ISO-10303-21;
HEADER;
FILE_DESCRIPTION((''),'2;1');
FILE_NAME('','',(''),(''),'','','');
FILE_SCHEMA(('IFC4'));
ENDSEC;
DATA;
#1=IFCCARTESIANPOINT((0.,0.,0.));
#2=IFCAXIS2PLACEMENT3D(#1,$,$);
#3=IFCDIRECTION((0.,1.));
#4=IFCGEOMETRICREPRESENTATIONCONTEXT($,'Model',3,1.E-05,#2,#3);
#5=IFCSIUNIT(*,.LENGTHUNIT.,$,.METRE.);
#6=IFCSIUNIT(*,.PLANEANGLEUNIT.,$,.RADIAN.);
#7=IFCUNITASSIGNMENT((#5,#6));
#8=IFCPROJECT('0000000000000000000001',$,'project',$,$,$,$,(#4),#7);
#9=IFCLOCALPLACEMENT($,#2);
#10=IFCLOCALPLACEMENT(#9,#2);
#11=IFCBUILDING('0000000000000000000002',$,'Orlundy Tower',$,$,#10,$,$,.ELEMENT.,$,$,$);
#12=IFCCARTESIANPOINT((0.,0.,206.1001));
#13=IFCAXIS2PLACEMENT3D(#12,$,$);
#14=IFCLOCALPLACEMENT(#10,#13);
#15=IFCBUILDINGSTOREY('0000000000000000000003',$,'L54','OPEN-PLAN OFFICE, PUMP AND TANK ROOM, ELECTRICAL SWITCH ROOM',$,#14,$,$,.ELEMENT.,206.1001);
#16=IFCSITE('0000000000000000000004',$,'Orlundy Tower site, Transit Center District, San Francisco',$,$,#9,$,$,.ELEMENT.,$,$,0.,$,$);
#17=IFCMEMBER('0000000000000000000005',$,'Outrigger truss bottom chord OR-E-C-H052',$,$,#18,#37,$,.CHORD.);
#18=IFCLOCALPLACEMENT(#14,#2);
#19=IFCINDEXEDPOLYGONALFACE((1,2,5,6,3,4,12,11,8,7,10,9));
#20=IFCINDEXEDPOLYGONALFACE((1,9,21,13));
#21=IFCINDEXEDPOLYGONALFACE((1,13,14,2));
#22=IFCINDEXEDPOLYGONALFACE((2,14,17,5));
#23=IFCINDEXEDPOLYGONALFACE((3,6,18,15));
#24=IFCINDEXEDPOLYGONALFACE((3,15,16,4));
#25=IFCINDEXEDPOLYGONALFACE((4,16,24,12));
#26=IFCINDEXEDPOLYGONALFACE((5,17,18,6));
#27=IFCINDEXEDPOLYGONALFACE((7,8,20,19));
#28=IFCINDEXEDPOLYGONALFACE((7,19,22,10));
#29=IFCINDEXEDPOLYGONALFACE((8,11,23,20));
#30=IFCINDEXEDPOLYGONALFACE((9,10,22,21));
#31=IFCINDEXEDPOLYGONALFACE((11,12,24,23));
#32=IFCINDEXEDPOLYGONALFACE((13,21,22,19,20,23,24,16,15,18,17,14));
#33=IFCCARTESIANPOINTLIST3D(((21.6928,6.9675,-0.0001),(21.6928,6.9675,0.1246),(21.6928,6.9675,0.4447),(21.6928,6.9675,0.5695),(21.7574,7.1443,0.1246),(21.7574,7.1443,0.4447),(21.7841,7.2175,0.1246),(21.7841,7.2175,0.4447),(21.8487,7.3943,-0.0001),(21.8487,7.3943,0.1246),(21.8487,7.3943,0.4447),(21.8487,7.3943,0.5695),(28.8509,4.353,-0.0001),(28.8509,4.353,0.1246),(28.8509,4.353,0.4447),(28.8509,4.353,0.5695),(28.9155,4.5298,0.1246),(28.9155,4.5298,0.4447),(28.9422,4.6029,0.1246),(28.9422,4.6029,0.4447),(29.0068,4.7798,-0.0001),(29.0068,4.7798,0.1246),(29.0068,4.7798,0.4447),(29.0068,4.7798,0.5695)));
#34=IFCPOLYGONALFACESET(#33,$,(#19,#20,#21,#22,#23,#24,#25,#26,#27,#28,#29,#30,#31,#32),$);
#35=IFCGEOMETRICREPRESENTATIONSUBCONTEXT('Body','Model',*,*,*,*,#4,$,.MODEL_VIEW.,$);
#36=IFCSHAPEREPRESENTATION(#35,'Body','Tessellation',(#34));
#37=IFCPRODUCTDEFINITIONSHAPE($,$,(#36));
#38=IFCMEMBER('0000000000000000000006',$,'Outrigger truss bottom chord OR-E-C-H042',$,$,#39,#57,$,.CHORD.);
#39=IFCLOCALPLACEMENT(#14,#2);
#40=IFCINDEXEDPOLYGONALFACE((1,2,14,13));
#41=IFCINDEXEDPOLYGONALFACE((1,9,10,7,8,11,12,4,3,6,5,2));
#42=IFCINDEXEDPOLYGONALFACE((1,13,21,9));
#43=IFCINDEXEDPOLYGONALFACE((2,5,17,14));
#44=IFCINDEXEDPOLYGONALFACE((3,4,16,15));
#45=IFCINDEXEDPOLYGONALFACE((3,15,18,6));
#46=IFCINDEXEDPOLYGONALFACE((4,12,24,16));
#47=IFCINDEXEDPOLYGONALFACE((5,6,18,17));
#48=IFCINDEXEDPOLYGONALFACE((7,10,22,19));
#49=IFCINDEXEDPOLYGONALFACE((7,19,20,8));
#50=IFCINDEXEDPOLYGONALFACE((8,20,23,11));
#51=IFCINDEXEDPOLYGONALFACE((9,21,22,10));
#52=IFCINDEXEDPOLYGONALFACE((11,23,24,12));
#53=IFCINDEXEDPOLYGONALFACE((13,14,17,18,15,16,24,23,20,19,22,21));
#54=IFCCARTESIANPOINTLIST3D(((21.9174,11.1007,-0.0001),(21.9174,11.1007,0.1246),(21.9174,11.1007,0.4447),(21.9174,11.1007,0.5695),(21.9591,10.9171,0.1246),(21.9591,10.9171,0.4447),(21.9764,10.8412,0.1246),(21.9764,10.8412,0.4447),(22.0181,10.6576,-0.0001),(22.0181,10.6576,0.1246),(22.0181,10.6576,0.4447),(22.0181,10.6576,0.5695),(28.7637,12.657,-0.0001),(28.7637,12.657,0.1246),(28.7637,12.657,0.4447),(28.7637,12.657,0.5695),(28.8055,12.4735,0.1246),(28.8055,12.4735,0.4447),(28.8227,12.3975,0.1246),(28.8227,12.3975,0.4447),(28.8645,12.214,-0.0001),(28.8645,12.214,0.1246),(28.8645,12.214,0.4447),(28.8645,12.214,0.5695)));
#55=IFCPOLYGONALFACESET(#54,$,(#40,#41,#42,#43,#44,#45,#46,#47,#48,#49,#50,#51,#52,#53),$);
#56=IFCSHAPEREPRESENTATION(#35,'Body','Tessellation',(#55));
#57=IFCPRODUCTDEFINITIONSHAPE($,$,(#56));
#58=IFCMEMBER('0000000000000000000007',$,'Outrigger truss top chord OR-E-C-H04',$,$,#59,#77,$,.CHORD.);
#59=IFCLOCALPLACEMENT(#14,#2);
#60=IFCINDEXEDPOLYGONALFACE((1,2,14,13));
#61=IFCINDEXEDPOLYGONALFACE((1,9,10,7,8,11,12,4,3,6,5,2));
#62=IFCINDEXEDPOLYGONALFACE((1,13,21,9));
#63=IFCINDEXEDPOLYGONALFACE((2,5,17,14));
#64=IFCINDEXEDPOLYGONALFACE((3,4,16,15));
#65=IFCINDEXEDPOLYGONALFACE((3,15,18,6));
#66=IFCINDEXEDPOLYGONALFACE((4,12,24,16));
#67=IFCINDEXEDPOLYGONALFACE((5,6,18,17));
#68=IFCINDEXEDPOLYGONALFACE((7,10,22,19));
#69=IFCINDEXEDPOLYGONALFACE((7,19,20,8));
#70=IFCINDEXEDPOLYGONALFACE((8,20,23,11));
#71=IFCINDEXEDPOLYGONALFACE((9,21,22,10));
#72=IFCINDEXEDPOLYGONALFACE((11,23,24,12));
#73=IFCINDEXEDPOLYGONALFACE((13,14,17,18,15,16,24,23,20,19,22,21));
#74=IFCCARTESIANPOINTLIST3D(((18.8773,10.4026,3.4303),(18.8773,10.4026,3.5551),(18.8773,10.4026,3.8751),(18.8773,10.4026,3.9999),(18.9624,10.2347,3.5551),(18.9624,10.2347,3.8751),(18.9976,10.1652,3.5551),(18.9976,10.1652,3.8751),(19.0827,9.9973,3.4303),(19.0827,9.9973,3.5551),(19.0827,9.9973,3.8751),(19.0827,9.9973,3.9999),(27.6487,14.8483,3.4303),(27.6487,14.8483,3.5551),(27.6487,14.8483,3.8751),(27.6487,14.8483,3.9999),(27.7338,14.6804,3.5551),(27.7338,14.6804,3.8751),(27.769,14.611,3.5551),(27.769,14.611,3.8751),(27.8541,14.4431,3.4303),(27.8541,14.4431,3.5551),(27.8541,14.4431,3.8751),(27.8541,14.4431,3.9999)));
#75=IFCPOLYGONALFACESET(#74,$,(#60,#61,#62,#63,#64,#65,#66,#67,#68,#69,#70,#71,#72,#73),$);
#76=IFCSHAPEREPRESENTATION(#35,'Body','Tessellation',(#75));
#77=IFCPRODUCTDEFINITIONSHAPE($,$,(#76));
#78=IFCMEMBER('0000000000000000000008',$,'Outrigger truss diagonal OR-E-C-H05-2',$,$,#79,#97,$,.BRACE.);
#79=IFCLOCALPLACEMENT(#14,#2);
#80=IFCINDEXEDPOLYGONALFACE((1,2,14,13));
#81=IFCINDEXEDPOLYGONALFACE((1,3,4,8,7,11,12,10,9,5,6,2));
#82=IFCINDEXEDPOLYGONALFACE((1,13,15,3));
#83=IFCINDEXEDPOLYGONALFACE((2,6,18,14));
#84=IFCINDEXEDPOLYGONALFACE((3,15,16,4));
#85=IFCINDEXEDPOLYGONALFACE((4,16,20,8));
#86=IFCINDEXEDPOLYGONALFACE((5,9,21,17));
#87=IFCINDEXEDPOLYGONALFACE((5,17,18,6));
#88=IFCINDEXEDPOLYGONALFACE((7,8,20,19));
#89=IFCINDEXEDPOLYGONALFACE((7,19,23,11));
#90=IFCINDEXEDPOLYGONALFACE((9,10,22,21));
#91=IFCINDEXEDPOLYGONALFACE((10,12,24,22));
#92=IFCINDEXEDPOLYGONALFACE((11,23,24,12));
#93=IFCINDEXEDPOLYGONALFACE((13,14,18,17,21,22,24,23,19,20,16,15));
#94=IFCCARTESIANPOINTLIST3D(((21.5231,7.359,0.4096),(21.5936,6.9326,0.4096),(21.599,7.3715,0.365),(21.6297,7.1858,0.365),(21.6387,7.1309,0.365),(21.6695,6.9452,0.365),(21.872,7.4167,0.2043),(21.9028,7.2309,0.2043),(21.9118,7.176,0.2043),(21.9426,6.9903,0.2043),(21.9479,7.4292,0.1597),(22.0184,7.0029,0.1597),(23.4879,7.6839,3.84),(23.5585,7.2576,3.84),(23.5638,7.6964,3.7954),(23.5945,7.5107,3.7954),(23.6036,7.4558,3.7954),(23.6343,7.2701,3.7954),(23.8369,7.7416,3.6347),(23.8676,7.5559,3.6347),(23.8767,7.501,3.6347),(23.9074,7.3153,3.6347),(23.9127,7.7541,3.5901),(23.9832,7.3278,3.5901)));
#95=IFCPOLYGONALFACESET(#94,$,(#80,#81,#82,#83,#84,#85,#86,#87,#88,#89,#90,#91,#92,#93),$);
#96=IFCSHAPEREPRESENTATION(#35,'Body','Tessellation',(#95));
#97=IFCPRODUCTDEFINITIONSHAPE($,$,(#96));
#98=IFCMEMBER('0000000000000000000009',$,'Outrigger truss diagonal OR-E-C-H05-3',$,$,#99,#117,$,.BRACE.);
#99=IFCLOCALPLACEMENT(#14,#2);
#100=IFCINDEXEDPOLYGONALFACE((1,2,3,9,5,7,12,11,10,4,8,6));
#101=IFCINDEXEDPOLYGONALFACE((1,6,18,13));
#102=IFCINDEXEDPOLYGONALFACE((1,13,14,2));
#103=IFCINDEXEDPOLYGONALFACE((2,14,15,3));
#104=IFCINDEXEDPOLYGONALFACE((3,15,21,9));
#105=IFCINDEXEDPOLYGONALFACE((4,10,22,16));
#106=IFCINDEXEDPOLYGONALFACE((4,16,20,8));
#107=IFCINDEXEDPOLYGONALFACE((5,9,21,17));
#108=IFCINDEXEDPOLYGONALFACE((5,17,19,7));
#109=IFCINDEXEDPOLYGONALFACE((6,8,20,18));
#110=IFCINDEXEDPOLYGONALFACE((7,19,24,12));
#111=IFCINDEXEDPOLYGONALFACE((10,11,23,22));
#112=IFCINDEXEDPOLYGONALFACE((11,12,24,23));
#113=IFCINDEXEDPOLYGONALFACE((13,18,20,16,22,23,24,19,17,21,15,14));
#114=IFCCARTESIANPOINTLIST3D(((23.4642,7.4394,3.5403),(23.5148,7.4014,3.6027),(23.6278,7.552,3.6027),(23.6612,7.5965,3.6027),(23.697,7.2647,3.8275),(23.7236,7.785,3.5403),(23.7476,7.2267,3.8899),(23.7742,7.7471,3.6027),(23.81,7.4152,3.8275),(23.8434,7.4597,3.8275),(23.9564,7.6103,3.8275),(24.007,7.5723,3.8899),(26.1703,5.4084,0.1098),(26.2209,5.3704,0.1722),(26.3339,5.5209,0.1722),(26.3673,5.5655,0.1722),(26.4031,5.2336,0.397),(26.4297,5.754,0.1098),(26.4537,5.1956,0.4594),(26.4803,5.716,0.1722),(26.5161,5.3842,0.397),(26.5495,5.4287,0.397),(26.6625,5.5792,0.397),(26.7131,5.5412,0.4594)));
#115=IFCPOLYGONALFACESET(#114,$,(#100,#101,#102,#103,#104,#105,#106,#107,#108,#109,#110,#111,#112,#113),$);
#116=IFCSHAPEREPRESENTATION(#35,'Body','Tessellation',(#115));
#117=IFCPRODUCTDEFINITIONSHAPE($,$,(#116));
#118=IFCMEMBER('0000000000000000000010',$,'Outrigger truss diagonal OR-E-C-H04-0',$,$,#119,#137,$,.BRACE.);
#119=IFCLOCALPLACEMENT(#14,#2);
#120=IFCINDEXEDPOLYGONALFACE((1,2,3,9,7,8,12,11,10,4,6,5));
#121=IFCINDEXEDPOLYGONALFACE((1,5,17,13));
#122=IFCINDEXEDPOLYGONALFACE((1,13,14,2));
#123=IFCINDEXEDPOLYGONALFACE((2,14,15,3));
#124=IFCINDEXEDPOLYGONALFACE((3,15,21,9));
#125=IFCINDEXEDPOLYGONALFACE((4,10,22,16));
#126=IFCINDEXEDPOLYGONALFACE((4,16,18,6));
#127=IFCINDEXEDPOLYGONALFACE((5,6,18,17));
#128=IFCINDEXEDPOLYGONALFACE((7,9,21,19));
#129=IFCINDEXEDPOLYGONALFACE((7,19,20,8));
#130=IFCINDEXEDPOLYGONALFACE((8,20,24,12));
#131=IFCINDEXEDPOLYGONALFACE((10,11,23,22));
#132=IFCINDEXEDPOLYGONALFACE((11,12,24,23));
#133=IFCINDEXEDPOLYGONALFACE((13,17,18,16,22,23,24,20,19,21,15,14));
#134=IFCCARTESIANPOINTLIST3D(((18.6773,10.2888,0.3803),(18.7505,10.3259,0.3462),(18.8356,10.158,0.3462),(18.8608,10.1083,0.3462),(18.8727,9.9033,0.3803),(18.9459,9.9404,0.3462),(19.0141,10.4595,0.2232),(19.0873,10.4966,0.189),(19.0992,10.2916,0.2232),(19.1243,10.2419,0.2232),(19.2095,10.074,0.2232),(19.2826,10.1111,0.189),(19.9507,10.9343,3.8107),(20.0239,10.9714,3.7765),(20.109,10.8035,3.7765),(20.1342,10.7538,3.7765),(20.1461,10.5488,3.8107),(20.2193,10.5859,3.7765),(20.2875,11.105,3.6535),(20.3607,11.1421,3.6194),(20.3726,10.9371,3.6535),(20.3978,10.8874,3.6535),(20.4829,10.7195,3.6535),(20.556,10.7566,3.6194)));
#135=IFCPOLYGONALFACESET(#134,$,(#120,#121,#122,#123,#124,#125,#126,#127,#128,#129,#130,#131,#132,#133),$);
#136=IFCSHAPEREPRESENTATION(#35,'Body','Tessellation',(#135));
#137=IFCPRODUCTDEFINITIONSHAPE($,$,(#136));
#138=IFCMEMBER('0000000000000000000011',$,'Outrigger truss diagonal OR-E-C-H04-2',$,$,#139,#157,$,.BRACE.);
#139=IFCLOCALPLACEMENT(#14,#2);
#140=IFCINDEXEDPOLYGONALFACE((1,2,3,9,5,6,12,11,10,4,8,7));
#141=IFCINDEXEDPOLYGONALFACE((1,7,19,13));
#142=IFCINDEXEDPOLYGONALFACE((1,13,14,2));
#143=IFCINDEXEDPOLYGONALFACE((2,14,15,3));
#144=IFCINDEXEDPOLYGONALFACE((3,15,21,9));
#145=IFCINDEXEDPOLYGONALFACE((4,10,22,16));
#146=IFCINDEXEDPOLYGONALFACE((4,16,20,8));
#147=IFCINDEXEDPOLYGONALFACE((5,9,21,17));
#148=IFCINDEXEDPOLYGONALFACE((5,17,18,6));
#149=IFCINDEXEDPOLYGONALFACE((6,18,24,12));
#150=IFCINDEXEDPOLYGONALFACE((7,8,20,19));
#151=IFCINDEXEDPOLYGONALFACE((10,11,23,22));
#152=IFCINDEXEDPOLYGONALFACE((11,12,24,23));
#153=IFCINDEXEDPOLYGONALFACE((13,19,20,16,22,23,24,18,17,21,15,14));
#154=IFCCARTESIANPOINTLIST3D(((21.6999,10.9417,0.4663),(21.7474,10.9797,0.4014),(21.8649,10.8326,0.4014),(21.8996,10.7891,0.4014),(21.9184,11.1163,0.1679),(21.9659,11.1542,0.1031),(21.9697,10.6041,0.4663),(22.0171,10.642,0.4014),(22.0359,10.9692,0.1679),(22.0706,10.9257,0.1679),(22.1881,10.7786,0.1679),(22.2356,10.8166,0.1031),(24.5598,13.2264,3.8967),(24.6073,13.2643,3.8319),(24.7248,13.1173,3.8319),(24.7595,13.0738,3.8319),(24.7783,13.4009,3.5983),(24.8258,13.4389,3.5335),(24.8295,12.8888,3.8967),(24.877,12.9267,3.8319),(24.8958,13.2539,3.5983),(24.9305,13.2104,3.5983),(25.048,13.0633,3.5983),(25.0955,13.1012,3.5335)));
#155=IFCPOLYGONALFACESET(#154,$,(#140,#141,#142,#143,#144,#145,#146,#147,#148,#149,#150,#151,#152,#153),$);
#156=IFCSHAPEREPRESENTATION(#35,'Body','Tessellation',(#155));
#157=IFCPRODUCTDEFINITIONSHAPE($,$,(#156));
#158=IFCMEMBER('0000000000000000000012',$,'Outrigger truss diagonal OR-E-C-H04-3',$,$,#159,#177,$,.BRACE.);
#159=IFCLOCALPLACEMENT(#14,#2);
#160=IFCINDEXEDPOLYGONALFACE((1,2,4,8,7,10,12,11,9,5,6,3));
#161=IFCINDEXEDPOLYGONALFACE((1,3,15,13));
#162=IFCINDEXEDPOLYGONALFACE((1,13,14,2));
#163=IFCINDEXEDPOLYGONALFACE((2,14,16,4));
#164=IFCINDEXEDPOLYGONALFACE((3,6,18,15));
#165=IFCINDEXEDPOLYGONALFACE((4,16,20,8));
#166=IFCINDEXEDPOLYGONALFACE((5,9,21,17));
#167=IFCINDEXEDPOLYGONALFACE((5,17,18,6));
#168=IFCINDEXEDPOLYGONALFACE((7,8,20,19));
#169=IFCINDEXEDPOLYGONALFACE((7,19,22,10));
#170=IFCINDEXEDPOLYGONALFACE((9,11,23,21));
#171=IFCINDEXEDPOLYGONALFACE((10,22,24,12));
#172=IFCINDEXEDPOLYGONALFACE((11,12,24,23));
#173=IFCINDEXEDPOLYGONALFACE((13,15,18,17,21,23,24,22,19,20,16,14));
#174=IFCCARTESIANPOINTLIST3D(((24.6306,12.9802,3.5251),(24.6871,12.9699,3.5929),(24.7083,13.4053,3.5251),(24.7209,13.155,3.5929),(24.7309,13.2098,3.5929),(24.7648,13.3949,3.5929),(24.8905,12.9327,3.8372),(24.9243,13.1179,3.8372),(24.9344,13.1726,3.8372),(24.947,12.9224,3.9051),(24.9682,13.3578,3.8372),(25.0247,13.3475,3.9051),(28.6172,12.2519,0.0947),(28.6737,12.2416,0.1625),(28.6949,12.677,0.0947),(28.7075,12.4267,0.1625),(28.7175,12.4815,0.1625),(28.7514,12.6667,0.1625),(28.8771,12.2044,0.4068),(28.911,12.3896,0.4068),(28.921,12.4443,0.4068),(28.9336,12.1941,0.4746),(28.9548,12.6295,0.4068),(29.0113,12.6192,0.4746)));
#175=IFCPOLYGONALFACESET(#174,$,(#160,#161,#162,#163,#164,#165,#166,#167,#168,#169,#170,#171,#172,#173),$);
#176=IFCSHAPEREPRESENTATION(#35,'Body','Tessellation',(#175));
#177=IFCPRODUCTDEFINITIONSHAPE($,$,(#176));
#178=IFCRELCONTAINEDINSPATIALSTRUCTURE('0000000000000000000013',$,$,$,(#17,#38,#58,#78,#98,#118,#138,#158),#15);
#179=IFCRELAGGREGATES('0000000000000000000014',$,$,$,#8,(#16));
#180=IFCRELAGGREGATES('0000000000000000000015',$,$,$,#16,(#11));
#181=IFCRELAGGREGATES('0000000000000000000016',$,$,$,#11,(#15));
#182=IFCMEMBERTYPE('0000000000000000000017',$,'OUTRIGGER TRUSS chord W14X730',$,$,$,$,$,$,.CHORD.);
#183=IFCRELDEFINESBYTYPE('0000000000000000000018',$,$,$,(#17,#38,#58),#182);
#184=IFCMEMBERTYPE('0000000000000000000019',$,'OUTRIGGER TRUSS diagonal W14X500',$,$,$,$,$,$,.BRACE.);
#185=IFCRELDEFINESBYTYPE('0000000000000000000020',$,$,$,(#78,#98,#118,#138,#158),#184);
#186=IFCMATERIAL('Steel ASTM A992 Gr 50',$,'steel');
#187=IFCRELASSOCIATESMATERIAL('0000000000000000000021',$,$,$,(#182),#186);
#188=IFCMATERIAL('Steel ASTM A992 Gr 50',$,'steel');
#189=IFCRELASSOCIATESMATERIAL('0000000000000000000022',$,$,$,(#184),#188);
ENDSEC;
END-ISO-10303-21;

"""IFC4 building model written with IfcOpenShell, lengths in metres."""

from ifc_helpers import new_model, si_unit, direction, frame, origin, origin_2d, place, context, subcontext, project, spatial, i_section, extrude, material, material_profile, profile_set, type_object, element, save


model = new_model("IFC4")

# Units and contexts
model_context = context("Model", 3, precision=1e-05, world=origin(), true_north=direction((0.0, 1.0)))
body_context = subcontext(model_context, "Body", "Model", "MODEL_VIEW")
ifc_project = project(units=[si_unit("LENGTHUNIT", "METRE"), si_unit("PLANEANGLEUNIT", "RADIAN")], contexts=[model_context])

# Site, building, storey
site_placement = place(None, origin())
site = spatial("IfcSite", under=ifc_project, at=site_placement, Name="Orlundy Tower site, Transit Center District, San Francisco", CompositionType="ELEMENT", RefElevation=0.0)
building_placement = place(site_placement, origin())
building = spatial("IfcBuilding", under=site, at=building_placement, Name="Orlundy Tower", CompositionType="ELEMENT")
storey_placement = place(building_placement, frame((0.0, 0.0, 206.1001)))
storey = spatial("IfcBuildingStorey", under=building, at=storey_placement, Name="L54", Description="OPEN-PLAN OFFICE, PUMP AND TANK ROOM, ELECTRICAL SWITCH ROOM", CompositionType="ELEMENT", Elevation=206.1001)

# Members
ifc_material_1 = material(Name="Steel ASTM A992 Gr 50", Category="steel")
ifc_material_profile_1 = material_profile(ifc_material_1, i_section(OverallWidth=0.4543, OverallDepth=0.5696, WebThickness=0.0779, FlangeThickness=0.1248, at=origin_2d()), Name="W14X730")
ifc_profile_set_1 = profile_set([ifc_material_profile_1], Name="Steel ASTM A992 Gr 50")
member_type_1 = type_object("IfcMemberType", Name="OUTRIGGER TRUSS chord W14X730", PredefinedType="CHORD", material=ifc_profile_set_1)
member_1_placement = place(storey_placement, frame((21.7708, 7.1809, 0.2847), z_axis=(0.939303, -0.343088, 0.0), x_axis=(0.343088, 0.939303, 0.0)))
element("IfcMember", 1, at=member_1_placement, inside=storey, type_object=member_type_1, Name="Outrigger truss bottom chord OR-E-C-H052", PredefinedType="CHORD", context=body_context, shape_type="SweptSolid", body=[
    extrude(i_section(OverallWidth=0.4543, OverallDepth=0.5696, WebThickness=0.0779, FlangeThickness=0.1248, at=origin_2d()), origin(), (0.0, 0.0, 1.0), 7.6206),
])
member_2_placement = place(storey_placement, frame((21.9678, 10.8792, 0.2847), z_axis=(0.975121, 0.221674, 0.0), x_axis=(-0.221674, 0.975121, 0.0)))
element("IfcMember", 2, at=member_2_placement, inside=storey, type_object=member_type_1, Name="Outrigger truss bottom chord OR-E-C-H042", PredefinedType="CHORD", context=body_context, shape_type="SweptSolid", body=[
    extrude(i_section(OverallWidth=0.4543, OverallDepth=0.5696, WebThickness=0.0779, FlangeThickness=0.1248, at=origin_2d()), origin(), (0.0, 0.0, 1.0), 7.021),
])
member_3_placement = place(storey_placement, frame((18.98, 10.2, 3.7151), z_axis=(0.891971, 0.452093, 0.0), x_axis=(-0.452093, 0.891971, 0.0)))
element("IfcMember", 3, at=member_3_placement, inside=storey, type_object=member_type_1, Name="Outrigger truss top chord OR-E-C-H04", PredefinedType="CHORD", context=body_context, shape_type="SweptSolid", body=[
    extrude(i_section(OverallWidth=0.4543, OverallDepth=0.5696, WebThickness=0.0779, FlangeThickness=0.1248, at=origin_2d()), origin(), (0.0, 0.0, 1.0), 9.8337),
])
ifc_material_2 = material(Name="Steel ASTM A992 Gr 50", Category="steel")
ifc_material_profile_2 = material_profile(ifc_material_2, i_section(OverallWidth=0.4321, OverallDepth=0.4978, WebThickness=0.0557, FlangeThickness=0.0889, at=origin_2d()), Name="W14X500")
ifc_profile_set_2 = profile_set([ifc_material_profile_2], Name="Steel ASTM A992 Gr 50")
member_type_2 = type_object("IfcMemberType", Name="OUTRIGGER TRUSS diagonal W14X500", PredefinedType="BRACE", material=ifc_profile_set_2)
member_4_placement = place(storey_placement, frame((21.7708, 7.1809, 0.2847), z_axis=(0.495346, 0.081922, 0.864824), x_axis=(-0.163166, 0.986599, 0.0)))
element("IfcMember", 4, at=member_4_placement, inside=storey, type_object=member_type_2, Name="Outrigger truss diagonal OR-E-C-H05-2", PredefinedType="BRACE", context=body_context, shape_type="SweptSolid", body=[
    extrude(i_section(OverallWidth=0.4321, OverallDepth=0.4978, WebThickness=0.0557, FlangeThickness=0.0889, at=origin_2d()), origin(), (0.0, 0.0, 1.0), 3.9666),
])
member_5_placement = place(storey_placement, frame((23.7356, 7.5059, 3.7151), z_axis=(0.561626, -0.421524, -0.711964), x_axis=(0.600277, 0.799792, 0.0)))
element("IfcMember", 5, at=member_5_placement, inside=storey, type_object=member_type_2, Name="Outrigger truss diagonal OR-E-C-H05-3", PredefinedType="BRACE", context=body_context, shape_type="SweptSolid", body=[
    extrude(i_section(OverallWidth=0.4321, OverallDepth=0.4978, WebThickness=0.0557, FlangeThickness=0.0889, at=origin_2d()), origin(), (0.0, 0.0, 1.0), 4.8184),
])
member_6_placement = place(storey_placement, frame((18.98, 10.2, 0.2847), z_axis=(0.342722, 0.173726, 0.923234), x_axis=(-0.452132, 0.891951, 0.0)))
element("IfcMember", 6, at=member_6_placement, inside=storey, type_object=member_type_2, Name="Outrigger truss diagonal OR-E-C-H04-0", PredefinedType="BRACE", context=body_context, shape_type="SweptSolid", body=[
    extrude(i_section(OverallWidth=0.4321, OverallDepth=0.4978, WebThickness=0.0557, FlangeThickness=0.0889, at=origin_2d()), origin(), (0.0, 0.0, 1.0), 3.7156),
])
member_7_placement = place(storey_placement, frame((21.9678, 10.8792, 0.2847), z_axis=(0.57008, 0.455421, 0.683813), x_axis=(-0.624158, 0.781298, 0.0)))
element("IfcMember", 7, at=member_7_placement, inside=storey, type_object=member_type_2, Name="Outrigger truss diagonal OR-E-C-H04-2", PredefinedType="BRACE", context=body_context, shape_type="SweptSolid", body=[
    extrude(i_section(OverallWidth=0.4321, OverallDepth=0.4978, WebThickness=0.0557, FlangeThickness=0.0889, at=origin_2d()), origin(), (0.0, 0.0, 1.0), 5.0166),
])
member_8_placement = place(storey_placement, frame((24.8276, 13.1638, 3.7151), z_axis=(0.750836, -0.137164, -0.646089), x_axis=(0.179707, 0.98372, 0.0)))
element("IfcMember", 8, at=member_8_placement, inside=storey, type_object=member_type_2, Name="Outrigger truss diagonal OR-E-C-H04-3", PredefinedType="BRACE", context=body_context, shape_type="SweptSolid", body=[
    extrude(i_section(OverallWidth=0.4321, OverallDepth=0.4978, WebThickness=0.0557, FlangeThickness=0.0889, at=origin_2d()), origin(), (0.0, 0.0, 1.0), 5.3096),
])

save(model, "model.ifc")
